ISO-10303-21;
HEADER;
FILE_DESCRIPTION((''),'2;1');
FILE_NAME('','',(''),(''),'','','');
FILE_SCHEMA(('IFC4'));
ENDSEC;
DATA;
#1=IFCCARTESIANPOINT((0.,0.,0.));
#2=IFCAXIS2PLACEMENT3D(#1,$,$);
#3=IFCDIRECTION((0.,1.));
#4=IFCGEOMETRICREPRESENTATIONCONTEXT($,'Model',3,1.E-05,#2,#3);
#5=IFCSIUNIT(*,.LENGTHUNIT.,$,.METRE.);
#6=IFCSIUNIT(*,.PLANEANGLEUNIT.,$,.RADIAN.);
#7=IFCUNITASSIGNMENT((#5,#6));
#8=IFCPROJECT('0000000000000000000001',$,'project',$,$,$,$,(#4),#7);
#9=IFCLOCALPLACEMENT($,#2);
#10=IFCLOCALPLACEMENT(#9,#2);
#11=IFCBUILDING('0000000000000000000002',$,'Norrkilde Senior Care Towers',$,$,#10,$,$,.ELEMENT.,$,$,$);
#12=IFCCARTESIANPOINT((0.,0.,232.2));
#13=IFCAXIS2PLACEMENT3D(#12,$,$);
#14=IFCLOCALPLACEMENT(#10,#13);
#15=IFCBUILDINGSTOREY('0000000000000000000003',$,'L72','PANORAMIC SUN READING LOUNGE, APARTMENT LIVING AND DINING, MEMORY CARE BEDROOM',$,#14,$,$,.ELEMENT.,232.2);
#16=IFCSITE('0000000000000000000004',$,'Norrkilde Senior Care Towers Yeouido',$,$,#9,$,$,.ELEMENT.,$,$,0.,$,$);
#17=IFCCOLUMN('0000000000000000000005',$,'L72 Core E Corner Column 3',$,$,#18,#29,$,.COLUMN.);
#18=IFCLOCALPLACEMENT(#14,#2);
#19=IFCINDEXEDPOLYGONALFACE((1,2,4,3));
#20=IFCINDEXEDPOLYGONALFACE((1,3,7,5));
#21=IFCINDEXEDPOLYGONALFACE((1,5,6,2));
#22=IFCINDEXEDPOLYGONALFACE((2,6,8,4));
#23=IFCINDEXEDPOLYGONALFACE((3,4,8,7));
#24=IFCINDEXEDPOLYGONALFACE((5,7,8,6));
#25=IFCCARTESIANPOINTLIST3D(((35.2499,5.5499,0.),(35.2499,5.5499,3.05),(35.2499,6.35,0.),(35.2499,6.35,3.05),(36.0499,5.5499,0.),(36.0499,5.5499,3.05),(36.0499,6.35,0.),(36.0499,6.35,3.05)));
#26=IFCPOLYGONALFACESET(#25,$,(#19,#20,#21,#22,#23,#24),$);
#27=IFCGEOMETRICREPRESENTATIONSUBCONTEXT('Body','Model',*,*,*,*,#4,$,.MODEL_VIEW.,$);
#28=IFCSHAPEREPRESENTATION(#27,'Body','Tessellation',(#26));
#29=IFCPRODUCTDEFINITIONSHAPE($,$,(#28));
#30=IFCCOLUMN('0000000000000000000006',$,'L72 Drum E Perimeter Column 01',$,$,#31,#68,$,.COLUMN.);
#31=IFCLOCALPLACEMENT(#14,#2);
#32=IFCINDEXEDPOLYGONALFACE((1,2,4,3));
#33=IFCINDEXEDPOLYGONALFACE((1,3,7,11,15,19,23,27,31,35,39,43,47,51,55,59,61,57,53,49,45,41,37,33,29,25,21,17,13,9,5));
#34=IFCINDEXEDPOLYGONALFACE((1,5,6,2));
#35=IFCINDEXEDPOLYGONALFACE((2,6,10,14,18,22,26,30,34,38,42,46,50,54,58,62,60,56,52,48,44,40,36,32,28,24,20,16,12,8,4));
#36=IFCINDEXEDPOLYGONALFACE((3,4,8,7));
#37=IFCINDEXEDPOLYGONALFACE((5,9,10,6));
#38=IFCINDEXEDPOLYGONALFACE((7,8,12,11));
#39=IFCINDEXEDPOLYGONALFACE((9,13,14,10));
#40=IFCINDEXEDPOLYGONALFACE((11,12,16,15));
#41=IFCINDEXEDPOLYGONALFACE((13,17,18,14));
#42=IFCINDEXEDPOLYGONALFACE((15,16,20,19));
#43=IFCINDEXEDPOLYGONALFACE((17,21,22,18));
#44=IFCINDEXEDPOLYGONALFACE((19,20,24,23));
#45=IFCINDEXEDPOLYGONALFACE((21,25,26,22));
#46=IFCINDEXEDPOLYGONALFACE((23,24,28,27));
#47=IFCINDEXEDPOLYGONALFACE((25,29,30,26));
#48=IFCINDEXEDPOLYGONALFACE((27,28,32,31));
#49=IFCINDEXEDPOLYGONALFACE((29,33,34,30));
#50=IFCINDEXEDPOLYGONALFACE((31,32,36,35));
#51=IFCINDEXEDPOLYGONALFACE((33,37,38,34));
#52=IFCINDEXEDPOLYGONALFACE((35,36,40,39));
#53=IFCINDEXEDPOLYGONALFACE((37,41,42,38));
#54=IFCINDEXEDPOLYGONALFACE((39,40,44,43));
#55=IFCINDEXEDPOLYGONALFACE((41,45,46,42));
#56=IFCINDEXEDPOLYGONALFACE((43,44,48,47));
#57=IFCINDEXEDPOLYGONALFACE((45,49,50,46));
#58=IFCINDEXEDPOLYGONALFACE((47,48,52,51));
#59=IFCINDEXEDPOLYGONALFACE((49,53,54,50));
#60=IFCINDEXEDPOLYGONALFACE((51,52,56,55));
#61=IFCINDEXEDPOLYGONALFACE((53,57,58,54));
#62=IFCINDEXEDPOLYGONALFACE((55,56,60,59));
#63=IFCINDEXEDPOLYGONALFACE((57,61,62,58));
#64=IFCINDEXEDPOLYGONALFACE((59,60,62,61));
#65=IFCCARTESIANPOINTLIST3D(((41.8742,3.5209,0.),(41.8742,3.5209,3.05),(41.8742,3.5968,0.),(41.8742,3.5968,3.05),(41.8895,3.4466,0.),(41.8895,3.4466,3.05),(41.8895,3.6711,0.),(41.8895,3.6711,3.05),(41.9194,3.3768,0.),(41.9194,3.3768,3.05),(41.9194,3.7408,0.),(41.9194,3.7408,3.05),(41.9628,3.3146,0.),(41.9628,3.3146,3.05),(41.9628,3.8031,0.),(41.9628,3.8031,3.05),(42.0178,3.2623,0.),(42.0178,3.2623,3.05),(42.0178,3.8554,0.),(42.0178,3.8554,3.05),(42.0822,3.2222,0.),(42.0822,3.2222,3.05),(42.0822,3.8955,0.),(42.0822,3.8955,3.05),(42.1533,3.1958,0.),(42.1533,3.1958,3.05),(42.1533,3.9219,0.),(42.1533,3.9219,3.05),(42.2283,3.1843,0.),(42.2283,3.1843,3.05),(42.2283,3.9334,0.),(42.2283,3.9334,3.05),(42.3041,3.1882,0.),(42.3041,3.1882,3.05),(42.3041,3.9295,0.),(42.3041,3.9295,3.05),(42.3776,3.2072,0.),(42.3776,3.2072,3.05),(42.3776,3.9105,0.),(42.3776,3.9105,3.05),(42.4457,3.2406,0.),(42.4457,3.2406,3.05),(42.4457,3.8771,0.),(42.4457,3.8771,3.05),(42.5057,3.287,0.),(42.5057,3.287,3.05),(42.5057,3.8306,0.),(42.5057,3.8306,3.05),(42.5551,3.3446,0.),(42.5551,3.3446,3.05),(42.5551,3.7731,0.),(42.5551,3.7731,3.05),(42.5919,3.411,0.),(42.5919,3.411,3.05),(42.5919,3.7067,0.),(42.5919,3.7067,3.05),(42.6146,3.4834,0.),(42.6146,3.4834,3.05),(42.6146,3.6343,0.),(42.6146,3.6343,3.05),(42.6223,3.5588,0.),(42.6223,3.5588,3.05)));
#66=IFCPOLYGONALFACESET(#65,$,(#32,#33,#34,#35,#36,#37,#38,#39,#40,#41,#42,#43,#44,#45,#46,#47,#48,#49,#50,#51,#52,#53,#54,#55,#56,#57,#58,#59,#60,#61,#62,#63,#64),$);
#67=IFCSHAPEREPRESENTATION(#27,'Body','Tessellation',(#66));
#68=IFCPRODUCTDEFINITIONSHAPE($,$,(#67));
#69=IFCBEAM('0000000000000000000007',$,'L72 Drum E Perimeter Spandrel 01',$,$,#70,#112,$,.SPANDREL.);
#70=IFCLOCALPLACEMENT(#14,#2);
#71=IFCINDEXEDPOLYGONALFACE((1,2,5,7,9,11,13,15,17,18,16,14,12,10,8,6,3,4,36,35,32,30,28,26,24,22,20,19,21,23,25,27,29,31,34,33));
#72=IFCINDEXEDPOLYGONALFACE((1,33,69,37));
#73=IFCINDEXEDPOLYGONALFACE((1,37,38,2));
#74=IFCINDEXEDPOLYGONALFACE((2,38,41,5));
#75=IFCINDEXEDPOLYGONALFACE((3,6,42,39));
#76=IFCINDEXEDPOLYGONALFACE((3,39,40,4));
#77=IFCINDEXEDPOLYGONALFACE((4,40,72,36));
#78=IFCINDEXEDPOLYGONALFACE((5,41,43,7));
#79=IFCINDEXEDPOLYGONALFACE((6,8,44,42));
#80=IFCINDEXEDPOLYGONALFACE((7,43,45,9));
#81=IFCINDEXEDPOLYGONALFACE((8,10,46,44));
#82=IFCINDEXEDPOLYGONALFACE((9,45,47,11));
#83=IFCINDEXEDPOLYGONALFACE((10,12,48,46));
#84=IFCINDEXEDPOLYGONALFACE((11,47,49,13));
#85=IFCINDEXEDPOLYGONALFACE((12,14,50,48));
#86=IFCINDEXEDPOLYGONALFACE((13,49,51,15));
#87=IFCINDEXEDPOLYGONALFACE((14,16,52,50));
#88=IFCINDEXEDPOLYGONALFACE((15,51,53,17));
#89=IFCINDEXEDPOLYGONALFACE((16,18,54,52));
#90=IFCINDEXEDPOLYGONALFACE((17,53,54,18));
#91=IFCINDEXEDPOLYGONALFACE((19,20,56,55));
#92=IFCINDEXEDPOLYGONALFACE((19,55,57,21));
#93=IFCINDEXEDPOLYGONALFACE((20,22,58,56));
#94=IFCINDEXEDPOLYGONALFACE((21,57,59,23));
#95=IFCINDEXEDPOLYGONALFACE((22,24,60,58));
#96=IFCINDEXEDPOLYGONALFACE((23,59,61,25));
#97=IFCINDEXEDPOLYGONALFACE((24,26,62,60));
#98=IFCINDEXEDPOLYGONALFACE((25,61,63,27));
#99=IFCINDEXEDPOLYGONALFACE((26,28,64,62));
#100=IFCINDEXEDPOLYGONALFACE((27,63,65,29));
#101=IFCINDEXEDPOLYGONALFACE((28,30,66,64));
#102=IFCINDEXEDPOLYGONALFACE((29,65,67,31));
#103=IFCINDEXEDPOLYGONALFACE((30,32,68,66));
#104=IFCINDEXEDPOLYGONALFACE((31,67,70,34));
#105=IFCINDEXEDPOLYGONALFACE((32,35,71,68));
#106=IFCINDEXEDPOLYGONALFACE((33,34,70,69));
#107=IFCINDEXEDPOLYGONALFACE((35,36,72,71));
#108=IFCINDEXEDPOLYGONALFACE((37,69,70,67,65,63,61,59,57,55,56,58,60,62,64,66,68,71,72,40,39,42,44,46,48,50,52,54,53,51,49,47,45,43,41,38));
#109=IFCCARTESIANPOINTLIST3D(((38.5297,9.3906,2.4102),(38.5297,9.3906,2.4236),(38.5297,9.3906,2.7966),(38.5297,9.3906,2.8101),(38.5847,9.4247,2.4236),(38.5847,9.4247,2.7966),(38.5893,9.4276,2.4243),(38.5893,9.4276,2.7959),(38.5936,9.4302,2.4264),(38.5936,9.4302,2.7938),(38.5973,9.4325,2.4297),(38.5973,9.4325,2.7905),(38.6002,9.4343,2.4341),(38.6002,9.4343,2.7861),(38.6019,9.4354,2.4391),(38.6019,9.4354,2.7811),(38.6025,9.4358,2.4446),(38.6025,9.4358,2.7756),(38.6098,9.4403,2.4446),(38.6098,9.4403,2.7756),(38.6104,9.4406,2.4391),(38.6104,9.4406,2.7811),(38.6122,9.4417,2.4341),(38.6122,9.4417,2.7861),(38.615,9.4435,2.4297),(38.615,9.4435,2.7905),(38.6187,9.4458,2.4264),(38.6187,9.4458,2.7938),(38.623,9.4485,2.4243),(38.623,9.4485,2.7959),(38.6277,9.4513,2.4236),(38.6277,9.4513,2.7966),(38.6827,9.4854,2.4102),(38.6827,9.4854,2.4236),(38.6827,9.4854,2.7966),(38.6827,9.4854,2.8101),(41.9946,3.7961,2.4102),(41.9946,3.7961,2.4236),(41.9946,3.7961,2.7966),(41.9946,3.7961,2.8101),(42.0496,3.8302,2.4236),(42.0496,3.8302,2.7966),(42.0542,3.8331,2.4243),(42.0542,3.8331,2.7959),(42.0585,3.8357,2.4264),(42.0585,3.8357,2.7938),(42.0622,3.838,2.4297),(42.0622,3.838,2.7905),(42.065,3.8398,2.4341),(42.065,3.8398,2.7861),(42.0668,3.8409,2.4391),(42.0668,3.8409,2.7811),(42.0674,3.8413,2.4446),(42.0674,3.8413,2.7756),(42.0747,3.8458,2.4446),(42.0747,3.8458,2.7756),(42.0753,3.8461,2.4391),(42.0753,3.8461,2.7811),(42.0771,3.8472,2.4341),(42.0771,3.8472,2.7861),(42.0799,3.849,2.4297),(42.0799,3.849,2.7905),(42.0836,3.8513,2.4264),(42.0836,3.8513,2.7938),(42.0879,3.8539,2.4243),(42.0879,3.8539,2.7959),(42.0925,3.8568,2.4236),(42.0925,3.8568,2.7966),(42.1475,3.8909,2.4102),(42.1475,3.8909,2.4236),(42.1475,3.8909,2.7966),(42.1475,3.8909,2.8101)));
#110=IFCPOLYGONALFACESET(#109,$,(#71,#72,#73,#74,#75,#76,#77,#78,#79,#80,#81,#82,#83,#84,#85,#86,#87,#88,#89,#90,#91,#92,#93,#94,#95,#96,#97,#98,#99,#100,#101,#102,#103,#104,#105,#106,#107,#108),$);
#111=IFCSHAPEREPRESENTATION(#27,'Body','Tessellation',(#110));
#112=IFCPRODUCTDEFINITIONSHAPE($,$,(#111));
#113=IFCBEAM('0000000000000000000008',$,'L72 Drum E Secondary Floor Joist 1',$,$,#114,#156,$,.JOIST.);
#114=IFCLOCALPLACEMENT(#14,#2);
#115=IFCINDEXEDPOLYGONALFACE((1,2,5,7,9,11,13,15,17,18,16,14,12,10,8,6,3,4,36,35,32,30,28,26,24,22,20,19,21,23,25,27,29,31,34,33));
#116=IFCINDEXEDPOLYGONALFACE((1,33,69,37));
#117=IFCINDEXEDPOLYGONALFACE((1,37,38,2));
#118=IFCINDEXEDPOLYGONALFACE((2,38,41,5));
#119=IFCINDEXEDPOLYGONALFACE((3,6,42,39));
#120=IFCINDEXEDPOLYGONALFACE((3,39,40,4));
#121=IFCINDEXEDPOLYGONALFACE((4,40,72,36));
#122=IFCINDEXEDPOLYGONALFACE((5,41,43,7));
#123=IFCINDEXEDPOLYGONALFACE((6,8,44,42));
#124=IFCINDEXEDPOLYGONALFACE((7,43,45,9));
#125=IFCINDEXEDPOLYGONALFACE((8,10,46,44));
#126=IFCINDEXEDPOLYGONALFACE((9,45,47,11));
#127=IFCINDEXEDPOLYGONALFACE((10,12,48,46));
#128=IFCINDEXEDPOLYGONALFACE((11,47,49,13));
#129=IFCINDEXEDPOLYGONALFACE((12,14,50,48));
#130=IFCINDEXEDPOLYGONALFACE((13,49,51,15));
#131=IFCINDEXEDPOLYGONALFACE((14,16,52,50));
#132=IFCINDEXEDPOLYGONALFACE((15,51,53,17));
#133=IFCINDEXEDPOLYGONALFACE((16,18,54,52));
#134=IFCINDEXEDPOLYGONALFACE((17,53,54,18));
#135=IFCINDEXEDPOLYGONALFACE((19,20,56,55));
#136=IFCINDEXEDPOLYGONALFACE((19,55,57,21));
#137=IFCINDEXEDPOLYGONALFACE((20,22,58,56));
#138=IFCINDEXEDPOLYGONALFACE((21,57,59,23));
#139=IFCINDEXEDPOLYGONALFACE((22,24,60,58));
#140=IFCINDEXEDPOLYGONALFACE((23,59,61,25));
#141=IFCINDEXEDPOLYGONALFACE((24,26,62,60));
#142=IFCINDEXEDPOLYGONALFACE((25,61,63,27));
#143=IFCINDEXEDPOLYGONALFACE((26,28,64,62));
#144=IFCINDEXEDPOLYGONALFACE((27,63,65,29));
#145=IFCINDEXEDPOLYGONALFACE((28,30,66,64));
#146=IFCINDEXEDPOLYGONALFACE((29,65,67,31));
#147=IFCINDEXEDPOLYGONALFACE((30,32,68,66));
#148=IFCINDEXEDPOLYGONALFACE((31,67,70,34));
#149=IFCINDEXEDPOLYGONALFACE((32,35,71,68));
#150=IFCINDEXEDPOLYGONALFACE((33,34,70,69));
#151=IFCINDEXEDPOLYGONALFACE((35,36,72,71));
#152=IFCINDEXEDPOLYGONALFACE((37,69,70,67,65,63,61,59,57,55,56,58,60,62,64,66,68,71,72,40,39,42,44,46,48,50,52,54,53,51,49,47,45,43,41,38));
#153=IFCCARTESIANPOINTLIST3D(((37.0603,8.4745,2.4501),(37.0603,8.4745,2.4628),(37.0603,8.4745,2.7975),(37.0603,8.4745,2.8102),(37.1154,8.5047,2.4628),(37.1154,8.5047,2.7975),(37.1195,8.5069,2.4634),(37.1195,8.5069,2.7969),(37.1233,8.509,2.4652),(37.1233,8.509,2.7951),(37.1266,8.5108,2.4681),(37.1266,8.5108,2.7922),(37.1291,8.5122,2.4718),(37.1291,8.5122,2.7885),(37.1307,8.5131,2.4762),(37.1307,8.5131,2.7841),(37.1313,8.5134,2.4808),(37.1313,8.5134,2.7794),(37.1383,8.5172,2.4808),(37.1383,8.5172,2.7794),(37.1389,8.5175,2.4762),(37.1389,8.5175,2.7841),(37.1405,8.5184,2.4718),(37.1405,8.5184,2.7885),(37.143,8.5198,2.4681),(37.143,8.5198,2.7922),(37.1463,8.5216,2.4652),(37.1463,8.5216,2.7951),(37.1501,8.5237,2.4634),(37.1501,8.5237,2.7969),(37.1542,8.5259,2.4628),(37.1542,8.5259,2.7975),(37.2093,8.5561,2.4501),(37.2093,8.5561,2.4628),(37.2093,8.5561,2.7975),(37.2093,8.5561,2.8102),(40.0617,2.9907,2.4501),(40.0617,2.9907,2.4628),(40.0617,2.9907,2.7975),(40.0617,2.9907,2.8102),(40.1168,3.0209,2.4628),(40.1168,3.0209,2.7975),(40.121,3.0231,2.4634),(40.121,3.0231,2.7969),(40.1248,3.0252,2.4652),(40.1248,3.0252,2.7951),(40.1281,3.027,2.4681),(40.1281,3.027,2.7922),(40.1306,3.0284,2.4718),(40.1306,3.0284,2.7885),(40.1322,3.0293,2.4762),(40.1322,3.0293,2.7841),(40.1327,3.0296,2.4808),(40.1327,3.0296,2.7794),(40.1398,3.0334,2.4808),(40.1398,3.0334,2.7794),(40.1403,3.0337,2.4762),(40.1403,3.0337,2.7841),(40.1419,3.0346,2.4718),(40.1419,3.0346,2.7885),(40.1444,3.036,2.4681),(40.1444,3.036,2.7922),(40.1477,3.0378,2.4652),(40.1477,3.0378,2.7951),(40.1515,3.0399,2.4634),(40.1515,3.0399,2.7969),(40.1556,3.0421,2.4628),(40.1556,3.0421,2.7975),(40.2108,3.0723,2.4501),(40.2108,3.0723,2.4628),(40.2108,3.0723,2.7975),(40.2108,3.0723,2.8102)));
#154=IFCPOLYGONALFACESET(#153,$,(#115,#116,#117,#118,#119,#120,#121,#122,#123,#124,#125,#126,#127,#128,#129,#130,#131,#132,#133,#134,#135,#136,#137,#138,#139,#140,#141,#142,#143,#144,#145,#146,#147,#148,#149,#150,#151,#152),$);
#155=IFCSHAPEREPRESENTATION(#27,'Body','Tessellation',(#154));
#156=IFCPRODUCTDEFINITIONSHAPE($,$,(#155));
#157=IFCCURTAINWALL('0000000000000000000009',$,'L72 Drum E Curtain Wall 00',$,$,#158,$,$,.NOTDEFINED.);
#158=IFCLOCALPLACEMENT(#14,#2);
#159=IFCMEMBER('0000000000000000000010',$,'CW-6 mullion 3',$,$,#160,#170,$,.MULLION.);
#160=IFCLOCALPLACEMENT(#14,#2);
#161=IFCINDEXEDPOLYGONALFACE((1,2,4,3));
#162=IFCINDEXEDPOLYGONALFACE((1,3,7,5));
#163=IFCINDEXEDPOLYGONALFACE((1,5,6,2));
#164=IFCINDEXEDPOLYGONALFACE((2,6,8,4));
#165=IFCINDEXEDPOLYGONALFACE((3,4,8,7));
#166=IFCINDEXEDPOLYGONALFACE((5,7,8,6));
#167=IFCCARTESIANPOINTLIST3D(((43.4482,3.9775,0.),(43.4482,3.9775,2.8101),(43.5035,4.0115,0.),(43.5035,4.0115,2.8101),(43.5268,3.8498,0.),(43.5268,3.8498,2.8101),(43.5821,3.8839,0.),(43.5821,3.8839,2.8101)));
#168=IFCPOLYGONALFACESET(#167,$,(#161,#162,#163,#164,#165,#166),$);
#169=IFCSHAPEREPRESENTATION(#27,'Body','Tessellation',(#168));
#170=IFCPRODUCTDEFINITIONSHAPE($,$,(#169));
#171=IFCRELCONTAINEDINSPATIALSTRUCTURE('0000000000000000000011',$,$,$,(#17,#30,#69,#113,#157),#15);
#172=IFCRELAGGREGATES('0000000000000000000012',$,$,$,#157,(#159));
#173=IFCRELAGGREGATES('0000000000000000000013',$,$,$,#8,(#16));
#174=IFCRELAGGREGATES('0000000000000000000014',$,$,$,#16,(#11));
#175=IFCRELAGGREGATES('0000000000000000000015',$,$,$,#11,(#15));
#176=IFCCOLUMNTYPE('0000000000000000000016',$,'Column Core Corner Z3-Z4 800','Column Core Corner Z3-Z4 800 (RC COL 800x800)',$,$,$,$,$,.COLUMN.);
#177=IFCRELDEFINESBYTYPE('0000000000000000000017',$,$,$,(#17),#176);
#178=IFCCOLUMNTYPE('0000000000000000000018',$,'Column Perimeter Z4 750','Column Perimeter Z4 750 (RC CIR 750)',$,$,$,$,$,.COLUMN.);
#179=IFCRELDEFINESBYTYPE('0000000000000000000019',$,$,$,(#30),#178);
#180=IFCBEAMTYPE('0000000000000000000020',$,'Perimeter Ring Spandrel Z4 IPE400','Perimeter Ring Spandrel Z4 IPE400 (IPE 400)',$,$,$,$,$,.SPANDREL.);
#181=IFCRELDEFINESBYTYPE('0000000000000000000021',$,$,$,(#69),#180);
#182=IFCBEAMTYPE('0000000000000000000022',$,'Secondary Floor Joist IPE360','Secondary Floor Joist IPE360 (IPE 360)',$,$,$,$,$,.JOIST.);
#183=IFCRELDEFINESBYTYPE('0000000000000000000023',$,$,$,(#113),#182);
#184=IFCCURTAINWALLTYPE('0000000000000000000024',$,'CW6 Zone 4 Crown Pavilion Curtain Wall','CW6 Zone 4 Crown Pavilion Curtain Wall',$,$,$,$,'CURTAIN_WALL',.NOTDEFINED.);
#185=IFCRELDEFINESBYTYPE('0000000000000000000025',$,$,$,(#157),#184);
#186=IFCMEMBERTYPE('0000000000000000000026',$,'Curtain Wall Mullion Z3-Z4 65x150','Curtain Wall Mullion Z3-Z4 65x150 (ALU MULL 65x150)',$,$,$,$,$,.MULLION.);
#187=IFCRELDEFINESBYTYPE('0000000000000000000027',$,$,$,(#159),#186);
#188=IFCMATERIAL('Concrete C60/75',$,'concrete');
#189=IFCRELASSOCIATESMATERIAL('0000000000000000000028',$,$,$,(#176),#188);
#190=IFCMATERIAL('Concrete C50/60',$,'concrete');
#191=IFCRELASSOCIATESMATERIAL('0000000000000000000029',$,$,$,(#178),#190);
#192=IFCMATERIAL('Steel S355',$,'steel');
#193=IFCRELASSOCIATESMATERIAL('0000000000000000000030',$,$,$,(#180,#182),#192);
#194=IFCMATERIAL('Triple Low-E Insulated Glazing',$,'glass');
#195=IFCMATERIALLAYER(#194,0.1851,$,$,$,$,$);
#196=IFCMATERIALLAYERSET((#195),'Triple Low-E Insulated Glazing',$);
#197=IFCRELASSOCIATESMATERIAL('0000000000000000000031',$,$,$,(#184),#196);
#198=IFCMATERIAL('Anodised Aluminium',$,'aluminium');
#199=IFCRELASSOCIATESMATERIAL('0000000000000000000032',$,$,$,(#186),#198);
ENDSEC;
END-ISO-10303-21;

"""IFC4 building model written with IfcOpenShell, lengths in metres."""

from ifc_helpers import new_model, si_unit, direction, frame, origin, origin_2d, place, context, subcontext, project, spatial, rectangle, circle, i_section, extrude, source, transform, mapped, material, layer, layer_set, material_profile, profile_set, type_object, type_shapes, element, aggregate, save


model = new_model("IFC4")

# Units and contexts
model_context = context("Model", 3, precision=1e-05, world=origin(), true_north=direction((0.0, 1.0)))
body_context = subcontext(model_context, "Body", "Model", "MODEL_VIEW")
ifc_project = project(units=[si_unit("LENGTHUNIT", "METRE"), si_unit("PLANEANGLEUNIT", "RADIAN")], contexts=[model_context])

# Site, building, storey
site_placement = place(None, origin())
site = spatial("IfcSite", under=ifc_project, at=site_placement, Name="Norrkilde Senior Care Towers Yeouido", CompositionType="ELEMENT", RefElevation=0.0)
building_placement = place(site_placement, origin())
building = spatial("IfcBuilding", under=site, at=building_placement, Name="Norrkilde Senior Care Towers", CompositionType="ELEMENT")
storey_placement = place(building_placement, frame((0.0, 0.0, 232.2)))
storey = spatial("IfcBuildingStorey", under=building, at=storey_placement, Name="L72", Description="PANORAMIC SUN READING LOUNGE, APARTMENT LIVING AND DINING, MEMORY CARE BEDROOM", CompositionType="ELEMENT", Elevation=232.2)

# Columns
ifc_material_1 = material(Name="Concrete C60/75", Category="concrete")
ifc_material_profile_1 = material_profile(ifc_material_1, rectangle(XDim=0.8, YDim=0.8, at=origin_2d()), Name="RC COL 800x800")
ifc_profile_set_1 = profile_set([ifc_material_profile_1], Name="Concrete C60/75")
column_type_1 = type_object("IfcColumnType", Name="Column Core Corner Z3-Z4 800", Description="Column Core Corner Z3-Z4 800 (RC COL 800x800)", PredefinedType="COLUMN", material=ifc_profile_set_1)
shared_shape_1 = source(origin(), body_context, "Body", "SweptSolid", [
    extrude(rectangle(XDim=0.8, YDim=0.8, at=origin_2d()), origin(), (0.0, 0.0, 1.0), 3.05),
])
type_shapes(column_type_1, [shared_shape_1])
column_1_placement = place(storey_placement, frame((35.6499, 5.95, 0.0), z_axis=(0.0, 0.0, 1.0), x_axis=(1.0, 0.0, 0.0)))
element("IfcColumn", 1, at=column_1_placement, inside=storey, type_object=column_type_1, Name="L72 Core E Corner Column 3", PredefinedType="COLUMN", context=body_context, shape_type="MappedRepresentation", body=[
    mapped(shared_shape_1, transform((0.0, 0.0, 0.0), x_axis=(1.0, 0.0, 0.0), y_axis=(0.0, 1.0, 0.0), z_axis=(0.0, 0.0, 1.0), scale=1.0)),
])
ifc_material_2 = material(Name="Concrete C50/60", Category="concrete")
ifc_material_profile_2 = material_profile(ifc_material_2, circle(Radius=0.375, at=origin_2d()), Name="RC CIR 750")
ifc_profile_set_2 = profile_set([ifc_material_profile_2], Name="Concrete C50/60")
column_type_2 = type_object("IfcColumnType", Name="Column Perimeter Z4 750", Description="Column Perimeter Z4 750 (RC CIR 750)", PredefinedType="COLUMN", material=ifc_profile_set_2)
shared_shape_2 = source(origin(), body_context, "Body", "SweptSolid", [
    extrude(circle(Radius=0.375, at=origin_2d()), origin(), (0.0, 0.0, 1.0), 3.05),
])
type_shapes(column_type_2, [shared_shape_2])
column_2_placement = place(storey_placement, frame((42.2473, 3.5588, 0.0), z_axis=(0.0, 0.0, 1.0), x_axis=(1.0, 0.0, 0.0)))
element("IfcColumn", 2, at=column_2_placement, inside=storey, type_object=column_type_2, Name="L72 Drum E Perimeter Column 01", PredefinedType="COLUMN", context=body_context, shape_type="MappedRepresentation", body=[
    mapped(shared_shape_2, transform((0.0, 0.0, 0.0), x_axis=(1.0, 0.0, 0.0), y_axis=(0.0, 1.0, 0.0), z_axis=(0.0, 0.0, 1.0), scale=1.0)),
])

# Beams
ifc_material_3 = material(Name="Steel S355", Category="steel")
ifc_material_profile_3 = material_profile(ifc_material_3, i_section(OverallWidth=0.1799, OverallDepth=0.3999, WebThickness=0.0085, FlangeThickness=0.0134, FilletRadius=0.021, at=origin_2d()), Name="IPE 400")
ifc_profile_set_3 = profile_set([ifc_material_profile_3], Name="Steel S355")
beam_type_1 = type_object("IfcBeamType", Name="Perimeter Ring Spandrel Z4 IPE400", Description="Perimeter Ring Spandrel Z4 IPE400 (IPE 400)", PredefinedType="SPANDREL", material=ifc_profile_set_3)
shared_shape_3 = source(origin(), body_context, "Body", "SweptSolid", [
    extrude(i_section(OverallWidth=0.1799, OverallDepth=0.3999, WebThickness=0.0085, FlangeThickness=0.0134, FilletRadius=0.021, at=origin_2d()), origin(), (0.0, 0.0, 1.0), 6.5806),
])
type_shapes(beam_type_1, [shared_shape_3])
beam_1_placement = place(storey_placement, frame((42.071, 3.8435, 2.6101), z_axis=(-0.52653, 0.850157, 0.0), x_axis=(-0.850157, -0.52653, 0.0)))
element("IfcBeam", 3, at=beam_1_placement, inside=storey, type_object=beam_type_1, Name="L72 Drum E Perimeter Spandrel 01", PredefinedType="SPANDREL", context=body_context, shape_type="MappedRepresentation", body=[
    mapped(shared_shape_3, transform((0.0, 0.0, 0.0), x_axis=(1.0, 0.0, 0.0), y_axis=(0.0, 1.0, 0.0), z_axis=(0.0, 0.0, 1.0), scale=1.0)),
])
ifc_material_profile_4 = material_profile(ifc_material_3, i_section(OverallWidth=0.1699, OverallDepth=0.3601, WebThickness=0.0081, FlangeThickness=0.0127, FilletRadius=0.0181, at=origin_2d()), Name="IPE 360")
ifc_profile_set_4 = profile_set([ifc_material_profile_4], Name="Steel S355")
beam_type_2 = type_object("IfcBeamType", Name="Secondary Floor Joist IPE360", Description="Secondary Floor Joist IPE360 (IPE 360)", PredefinedType="JOIST", material=ifc_profile_set_4)
shared_shape_4 = source(origin(), body_context, "Body", "SweptSolid", [
    extrude(i_section(OverallWidth=0.1699, OverallDepth=0.3601, WebThickness=0.0081, FlangeThickness=0.0127, FilletRadius=0.0181, at=origin_2d()), origin(), (0.0, 0.0, 1.0), 6.2515),
])
type_shapes(beam_type_2, [shared_shape_4])
beam_2_placement = place(storey_placement, frame((40.1362, 3.0315, 2.6301), z_axis=(-0.480116, 0.877205, 0.0), x_axis=(-0.877205, -0.480116, 0.0)))
element("IfcBeam", 4, at=beam_2_placement, inside=storey, type_object=beam_type_2, Name="L72 Drum E Secondary Floor Joist 1", PredefinedType="JOIST", context=body_context, shape_type="MappedRepresentation", body=[
    mapped(shared_shape_4, transform((0.0, 0.0, 0.0), x_axis=(1.0, 0.0, 0.0), y_axis=(0.0, 1.0, 0.0), z_axis=(0.0, 0.0, 1.0), scale=1.0)),
])

# Curtain wall, member
ifc_material_4 = material(Name="Triple Low-E Insulated Glazing", Category="glass")
ifc_layer_1 = layer(ifc_material_4, 0.1851)
ifc_layer_set_1 = layer_set([ifc_layer_1], Name="Triple Low-E Insulated Glazing")
curtain_wall_type = type_object("IfcCurtainWallType", Name="CW6 Zone 4 Crown Pavilion Curtain Wall", Description="CW6 Zone 4 Crown Pavilion Curtain Wall", ElementType="CURTAIN_WALL", PredefinedType="NOTDEFINED", material=ifc_layer_set_1)
curtain_wall_1_placement = place(storey_placement, origin())
curtain_wall_1 = element("IfcCurtainWall", 5, at=curtain_wall_1_placement, inside=storey, type_object=curtain_wall_type, Name="L72 Drum E Curtain Wall 00", PredefinedType="NOTDEFINED")
ifc_material_5 = material(Name="Anodised Aluminium", Category="aluminium")
ifc_material_profile_5 = material_profile(ifc_material_5, rectangle(XDim=0.0649, YDim=0.1499, at=origin_2d()), Name="ALU MULL 65x150")
ifc_profile_set_5 = profile_set([ifc_material_profile_5], Name="Anodised Aluminium")
member_type_1 = type_object("IfcMemberType", Name="Curtain Wall Mullion Z3-Z4 65x150", Description="Curtain Wall Mullion Z3-Z4 65x150 (ALU MULL 65x150)", PredefinedType="MULLION", material=ifc_profile_set_5)
shared_shape_5 = source(origin(), body_context, "Body", "SweptSolid", [
    extrude(rectangle(XDim=0.0649, YDim=0.1499, at=origin_2d()), origin(), (0.0, 0.0, 1.0), 2.8101),
])
type_shapes(member_type_1, [shared_shape_5])
member_1_placement = place(storey_placement, frame((43.5151, 3.9307, 0.0), z_axis=(0.0, 0.0, 1.0), x_axis=(0.851563, 0.524253, 0.0)))
member_1 = element("IfcMember", 6, at=member_1_placement, type_object=member_type_1, Name="CW-6 mullion 3", PredefinedType="MULLION", context=body_context, shape_type="MappedRepresentation", body=[
    mapped(shared_shape_5, transform((0.0, 0.0, 0.0), x_axis=(1.0, 0.0, 0.0), y_axis=(0.0, 1.0, 0.0), z_axis=(0.0, 0.0, 1.0), scale=1.0)),
])

aggregate(curtain_wall_1, [member_1])

save(model, "model.ifc")
